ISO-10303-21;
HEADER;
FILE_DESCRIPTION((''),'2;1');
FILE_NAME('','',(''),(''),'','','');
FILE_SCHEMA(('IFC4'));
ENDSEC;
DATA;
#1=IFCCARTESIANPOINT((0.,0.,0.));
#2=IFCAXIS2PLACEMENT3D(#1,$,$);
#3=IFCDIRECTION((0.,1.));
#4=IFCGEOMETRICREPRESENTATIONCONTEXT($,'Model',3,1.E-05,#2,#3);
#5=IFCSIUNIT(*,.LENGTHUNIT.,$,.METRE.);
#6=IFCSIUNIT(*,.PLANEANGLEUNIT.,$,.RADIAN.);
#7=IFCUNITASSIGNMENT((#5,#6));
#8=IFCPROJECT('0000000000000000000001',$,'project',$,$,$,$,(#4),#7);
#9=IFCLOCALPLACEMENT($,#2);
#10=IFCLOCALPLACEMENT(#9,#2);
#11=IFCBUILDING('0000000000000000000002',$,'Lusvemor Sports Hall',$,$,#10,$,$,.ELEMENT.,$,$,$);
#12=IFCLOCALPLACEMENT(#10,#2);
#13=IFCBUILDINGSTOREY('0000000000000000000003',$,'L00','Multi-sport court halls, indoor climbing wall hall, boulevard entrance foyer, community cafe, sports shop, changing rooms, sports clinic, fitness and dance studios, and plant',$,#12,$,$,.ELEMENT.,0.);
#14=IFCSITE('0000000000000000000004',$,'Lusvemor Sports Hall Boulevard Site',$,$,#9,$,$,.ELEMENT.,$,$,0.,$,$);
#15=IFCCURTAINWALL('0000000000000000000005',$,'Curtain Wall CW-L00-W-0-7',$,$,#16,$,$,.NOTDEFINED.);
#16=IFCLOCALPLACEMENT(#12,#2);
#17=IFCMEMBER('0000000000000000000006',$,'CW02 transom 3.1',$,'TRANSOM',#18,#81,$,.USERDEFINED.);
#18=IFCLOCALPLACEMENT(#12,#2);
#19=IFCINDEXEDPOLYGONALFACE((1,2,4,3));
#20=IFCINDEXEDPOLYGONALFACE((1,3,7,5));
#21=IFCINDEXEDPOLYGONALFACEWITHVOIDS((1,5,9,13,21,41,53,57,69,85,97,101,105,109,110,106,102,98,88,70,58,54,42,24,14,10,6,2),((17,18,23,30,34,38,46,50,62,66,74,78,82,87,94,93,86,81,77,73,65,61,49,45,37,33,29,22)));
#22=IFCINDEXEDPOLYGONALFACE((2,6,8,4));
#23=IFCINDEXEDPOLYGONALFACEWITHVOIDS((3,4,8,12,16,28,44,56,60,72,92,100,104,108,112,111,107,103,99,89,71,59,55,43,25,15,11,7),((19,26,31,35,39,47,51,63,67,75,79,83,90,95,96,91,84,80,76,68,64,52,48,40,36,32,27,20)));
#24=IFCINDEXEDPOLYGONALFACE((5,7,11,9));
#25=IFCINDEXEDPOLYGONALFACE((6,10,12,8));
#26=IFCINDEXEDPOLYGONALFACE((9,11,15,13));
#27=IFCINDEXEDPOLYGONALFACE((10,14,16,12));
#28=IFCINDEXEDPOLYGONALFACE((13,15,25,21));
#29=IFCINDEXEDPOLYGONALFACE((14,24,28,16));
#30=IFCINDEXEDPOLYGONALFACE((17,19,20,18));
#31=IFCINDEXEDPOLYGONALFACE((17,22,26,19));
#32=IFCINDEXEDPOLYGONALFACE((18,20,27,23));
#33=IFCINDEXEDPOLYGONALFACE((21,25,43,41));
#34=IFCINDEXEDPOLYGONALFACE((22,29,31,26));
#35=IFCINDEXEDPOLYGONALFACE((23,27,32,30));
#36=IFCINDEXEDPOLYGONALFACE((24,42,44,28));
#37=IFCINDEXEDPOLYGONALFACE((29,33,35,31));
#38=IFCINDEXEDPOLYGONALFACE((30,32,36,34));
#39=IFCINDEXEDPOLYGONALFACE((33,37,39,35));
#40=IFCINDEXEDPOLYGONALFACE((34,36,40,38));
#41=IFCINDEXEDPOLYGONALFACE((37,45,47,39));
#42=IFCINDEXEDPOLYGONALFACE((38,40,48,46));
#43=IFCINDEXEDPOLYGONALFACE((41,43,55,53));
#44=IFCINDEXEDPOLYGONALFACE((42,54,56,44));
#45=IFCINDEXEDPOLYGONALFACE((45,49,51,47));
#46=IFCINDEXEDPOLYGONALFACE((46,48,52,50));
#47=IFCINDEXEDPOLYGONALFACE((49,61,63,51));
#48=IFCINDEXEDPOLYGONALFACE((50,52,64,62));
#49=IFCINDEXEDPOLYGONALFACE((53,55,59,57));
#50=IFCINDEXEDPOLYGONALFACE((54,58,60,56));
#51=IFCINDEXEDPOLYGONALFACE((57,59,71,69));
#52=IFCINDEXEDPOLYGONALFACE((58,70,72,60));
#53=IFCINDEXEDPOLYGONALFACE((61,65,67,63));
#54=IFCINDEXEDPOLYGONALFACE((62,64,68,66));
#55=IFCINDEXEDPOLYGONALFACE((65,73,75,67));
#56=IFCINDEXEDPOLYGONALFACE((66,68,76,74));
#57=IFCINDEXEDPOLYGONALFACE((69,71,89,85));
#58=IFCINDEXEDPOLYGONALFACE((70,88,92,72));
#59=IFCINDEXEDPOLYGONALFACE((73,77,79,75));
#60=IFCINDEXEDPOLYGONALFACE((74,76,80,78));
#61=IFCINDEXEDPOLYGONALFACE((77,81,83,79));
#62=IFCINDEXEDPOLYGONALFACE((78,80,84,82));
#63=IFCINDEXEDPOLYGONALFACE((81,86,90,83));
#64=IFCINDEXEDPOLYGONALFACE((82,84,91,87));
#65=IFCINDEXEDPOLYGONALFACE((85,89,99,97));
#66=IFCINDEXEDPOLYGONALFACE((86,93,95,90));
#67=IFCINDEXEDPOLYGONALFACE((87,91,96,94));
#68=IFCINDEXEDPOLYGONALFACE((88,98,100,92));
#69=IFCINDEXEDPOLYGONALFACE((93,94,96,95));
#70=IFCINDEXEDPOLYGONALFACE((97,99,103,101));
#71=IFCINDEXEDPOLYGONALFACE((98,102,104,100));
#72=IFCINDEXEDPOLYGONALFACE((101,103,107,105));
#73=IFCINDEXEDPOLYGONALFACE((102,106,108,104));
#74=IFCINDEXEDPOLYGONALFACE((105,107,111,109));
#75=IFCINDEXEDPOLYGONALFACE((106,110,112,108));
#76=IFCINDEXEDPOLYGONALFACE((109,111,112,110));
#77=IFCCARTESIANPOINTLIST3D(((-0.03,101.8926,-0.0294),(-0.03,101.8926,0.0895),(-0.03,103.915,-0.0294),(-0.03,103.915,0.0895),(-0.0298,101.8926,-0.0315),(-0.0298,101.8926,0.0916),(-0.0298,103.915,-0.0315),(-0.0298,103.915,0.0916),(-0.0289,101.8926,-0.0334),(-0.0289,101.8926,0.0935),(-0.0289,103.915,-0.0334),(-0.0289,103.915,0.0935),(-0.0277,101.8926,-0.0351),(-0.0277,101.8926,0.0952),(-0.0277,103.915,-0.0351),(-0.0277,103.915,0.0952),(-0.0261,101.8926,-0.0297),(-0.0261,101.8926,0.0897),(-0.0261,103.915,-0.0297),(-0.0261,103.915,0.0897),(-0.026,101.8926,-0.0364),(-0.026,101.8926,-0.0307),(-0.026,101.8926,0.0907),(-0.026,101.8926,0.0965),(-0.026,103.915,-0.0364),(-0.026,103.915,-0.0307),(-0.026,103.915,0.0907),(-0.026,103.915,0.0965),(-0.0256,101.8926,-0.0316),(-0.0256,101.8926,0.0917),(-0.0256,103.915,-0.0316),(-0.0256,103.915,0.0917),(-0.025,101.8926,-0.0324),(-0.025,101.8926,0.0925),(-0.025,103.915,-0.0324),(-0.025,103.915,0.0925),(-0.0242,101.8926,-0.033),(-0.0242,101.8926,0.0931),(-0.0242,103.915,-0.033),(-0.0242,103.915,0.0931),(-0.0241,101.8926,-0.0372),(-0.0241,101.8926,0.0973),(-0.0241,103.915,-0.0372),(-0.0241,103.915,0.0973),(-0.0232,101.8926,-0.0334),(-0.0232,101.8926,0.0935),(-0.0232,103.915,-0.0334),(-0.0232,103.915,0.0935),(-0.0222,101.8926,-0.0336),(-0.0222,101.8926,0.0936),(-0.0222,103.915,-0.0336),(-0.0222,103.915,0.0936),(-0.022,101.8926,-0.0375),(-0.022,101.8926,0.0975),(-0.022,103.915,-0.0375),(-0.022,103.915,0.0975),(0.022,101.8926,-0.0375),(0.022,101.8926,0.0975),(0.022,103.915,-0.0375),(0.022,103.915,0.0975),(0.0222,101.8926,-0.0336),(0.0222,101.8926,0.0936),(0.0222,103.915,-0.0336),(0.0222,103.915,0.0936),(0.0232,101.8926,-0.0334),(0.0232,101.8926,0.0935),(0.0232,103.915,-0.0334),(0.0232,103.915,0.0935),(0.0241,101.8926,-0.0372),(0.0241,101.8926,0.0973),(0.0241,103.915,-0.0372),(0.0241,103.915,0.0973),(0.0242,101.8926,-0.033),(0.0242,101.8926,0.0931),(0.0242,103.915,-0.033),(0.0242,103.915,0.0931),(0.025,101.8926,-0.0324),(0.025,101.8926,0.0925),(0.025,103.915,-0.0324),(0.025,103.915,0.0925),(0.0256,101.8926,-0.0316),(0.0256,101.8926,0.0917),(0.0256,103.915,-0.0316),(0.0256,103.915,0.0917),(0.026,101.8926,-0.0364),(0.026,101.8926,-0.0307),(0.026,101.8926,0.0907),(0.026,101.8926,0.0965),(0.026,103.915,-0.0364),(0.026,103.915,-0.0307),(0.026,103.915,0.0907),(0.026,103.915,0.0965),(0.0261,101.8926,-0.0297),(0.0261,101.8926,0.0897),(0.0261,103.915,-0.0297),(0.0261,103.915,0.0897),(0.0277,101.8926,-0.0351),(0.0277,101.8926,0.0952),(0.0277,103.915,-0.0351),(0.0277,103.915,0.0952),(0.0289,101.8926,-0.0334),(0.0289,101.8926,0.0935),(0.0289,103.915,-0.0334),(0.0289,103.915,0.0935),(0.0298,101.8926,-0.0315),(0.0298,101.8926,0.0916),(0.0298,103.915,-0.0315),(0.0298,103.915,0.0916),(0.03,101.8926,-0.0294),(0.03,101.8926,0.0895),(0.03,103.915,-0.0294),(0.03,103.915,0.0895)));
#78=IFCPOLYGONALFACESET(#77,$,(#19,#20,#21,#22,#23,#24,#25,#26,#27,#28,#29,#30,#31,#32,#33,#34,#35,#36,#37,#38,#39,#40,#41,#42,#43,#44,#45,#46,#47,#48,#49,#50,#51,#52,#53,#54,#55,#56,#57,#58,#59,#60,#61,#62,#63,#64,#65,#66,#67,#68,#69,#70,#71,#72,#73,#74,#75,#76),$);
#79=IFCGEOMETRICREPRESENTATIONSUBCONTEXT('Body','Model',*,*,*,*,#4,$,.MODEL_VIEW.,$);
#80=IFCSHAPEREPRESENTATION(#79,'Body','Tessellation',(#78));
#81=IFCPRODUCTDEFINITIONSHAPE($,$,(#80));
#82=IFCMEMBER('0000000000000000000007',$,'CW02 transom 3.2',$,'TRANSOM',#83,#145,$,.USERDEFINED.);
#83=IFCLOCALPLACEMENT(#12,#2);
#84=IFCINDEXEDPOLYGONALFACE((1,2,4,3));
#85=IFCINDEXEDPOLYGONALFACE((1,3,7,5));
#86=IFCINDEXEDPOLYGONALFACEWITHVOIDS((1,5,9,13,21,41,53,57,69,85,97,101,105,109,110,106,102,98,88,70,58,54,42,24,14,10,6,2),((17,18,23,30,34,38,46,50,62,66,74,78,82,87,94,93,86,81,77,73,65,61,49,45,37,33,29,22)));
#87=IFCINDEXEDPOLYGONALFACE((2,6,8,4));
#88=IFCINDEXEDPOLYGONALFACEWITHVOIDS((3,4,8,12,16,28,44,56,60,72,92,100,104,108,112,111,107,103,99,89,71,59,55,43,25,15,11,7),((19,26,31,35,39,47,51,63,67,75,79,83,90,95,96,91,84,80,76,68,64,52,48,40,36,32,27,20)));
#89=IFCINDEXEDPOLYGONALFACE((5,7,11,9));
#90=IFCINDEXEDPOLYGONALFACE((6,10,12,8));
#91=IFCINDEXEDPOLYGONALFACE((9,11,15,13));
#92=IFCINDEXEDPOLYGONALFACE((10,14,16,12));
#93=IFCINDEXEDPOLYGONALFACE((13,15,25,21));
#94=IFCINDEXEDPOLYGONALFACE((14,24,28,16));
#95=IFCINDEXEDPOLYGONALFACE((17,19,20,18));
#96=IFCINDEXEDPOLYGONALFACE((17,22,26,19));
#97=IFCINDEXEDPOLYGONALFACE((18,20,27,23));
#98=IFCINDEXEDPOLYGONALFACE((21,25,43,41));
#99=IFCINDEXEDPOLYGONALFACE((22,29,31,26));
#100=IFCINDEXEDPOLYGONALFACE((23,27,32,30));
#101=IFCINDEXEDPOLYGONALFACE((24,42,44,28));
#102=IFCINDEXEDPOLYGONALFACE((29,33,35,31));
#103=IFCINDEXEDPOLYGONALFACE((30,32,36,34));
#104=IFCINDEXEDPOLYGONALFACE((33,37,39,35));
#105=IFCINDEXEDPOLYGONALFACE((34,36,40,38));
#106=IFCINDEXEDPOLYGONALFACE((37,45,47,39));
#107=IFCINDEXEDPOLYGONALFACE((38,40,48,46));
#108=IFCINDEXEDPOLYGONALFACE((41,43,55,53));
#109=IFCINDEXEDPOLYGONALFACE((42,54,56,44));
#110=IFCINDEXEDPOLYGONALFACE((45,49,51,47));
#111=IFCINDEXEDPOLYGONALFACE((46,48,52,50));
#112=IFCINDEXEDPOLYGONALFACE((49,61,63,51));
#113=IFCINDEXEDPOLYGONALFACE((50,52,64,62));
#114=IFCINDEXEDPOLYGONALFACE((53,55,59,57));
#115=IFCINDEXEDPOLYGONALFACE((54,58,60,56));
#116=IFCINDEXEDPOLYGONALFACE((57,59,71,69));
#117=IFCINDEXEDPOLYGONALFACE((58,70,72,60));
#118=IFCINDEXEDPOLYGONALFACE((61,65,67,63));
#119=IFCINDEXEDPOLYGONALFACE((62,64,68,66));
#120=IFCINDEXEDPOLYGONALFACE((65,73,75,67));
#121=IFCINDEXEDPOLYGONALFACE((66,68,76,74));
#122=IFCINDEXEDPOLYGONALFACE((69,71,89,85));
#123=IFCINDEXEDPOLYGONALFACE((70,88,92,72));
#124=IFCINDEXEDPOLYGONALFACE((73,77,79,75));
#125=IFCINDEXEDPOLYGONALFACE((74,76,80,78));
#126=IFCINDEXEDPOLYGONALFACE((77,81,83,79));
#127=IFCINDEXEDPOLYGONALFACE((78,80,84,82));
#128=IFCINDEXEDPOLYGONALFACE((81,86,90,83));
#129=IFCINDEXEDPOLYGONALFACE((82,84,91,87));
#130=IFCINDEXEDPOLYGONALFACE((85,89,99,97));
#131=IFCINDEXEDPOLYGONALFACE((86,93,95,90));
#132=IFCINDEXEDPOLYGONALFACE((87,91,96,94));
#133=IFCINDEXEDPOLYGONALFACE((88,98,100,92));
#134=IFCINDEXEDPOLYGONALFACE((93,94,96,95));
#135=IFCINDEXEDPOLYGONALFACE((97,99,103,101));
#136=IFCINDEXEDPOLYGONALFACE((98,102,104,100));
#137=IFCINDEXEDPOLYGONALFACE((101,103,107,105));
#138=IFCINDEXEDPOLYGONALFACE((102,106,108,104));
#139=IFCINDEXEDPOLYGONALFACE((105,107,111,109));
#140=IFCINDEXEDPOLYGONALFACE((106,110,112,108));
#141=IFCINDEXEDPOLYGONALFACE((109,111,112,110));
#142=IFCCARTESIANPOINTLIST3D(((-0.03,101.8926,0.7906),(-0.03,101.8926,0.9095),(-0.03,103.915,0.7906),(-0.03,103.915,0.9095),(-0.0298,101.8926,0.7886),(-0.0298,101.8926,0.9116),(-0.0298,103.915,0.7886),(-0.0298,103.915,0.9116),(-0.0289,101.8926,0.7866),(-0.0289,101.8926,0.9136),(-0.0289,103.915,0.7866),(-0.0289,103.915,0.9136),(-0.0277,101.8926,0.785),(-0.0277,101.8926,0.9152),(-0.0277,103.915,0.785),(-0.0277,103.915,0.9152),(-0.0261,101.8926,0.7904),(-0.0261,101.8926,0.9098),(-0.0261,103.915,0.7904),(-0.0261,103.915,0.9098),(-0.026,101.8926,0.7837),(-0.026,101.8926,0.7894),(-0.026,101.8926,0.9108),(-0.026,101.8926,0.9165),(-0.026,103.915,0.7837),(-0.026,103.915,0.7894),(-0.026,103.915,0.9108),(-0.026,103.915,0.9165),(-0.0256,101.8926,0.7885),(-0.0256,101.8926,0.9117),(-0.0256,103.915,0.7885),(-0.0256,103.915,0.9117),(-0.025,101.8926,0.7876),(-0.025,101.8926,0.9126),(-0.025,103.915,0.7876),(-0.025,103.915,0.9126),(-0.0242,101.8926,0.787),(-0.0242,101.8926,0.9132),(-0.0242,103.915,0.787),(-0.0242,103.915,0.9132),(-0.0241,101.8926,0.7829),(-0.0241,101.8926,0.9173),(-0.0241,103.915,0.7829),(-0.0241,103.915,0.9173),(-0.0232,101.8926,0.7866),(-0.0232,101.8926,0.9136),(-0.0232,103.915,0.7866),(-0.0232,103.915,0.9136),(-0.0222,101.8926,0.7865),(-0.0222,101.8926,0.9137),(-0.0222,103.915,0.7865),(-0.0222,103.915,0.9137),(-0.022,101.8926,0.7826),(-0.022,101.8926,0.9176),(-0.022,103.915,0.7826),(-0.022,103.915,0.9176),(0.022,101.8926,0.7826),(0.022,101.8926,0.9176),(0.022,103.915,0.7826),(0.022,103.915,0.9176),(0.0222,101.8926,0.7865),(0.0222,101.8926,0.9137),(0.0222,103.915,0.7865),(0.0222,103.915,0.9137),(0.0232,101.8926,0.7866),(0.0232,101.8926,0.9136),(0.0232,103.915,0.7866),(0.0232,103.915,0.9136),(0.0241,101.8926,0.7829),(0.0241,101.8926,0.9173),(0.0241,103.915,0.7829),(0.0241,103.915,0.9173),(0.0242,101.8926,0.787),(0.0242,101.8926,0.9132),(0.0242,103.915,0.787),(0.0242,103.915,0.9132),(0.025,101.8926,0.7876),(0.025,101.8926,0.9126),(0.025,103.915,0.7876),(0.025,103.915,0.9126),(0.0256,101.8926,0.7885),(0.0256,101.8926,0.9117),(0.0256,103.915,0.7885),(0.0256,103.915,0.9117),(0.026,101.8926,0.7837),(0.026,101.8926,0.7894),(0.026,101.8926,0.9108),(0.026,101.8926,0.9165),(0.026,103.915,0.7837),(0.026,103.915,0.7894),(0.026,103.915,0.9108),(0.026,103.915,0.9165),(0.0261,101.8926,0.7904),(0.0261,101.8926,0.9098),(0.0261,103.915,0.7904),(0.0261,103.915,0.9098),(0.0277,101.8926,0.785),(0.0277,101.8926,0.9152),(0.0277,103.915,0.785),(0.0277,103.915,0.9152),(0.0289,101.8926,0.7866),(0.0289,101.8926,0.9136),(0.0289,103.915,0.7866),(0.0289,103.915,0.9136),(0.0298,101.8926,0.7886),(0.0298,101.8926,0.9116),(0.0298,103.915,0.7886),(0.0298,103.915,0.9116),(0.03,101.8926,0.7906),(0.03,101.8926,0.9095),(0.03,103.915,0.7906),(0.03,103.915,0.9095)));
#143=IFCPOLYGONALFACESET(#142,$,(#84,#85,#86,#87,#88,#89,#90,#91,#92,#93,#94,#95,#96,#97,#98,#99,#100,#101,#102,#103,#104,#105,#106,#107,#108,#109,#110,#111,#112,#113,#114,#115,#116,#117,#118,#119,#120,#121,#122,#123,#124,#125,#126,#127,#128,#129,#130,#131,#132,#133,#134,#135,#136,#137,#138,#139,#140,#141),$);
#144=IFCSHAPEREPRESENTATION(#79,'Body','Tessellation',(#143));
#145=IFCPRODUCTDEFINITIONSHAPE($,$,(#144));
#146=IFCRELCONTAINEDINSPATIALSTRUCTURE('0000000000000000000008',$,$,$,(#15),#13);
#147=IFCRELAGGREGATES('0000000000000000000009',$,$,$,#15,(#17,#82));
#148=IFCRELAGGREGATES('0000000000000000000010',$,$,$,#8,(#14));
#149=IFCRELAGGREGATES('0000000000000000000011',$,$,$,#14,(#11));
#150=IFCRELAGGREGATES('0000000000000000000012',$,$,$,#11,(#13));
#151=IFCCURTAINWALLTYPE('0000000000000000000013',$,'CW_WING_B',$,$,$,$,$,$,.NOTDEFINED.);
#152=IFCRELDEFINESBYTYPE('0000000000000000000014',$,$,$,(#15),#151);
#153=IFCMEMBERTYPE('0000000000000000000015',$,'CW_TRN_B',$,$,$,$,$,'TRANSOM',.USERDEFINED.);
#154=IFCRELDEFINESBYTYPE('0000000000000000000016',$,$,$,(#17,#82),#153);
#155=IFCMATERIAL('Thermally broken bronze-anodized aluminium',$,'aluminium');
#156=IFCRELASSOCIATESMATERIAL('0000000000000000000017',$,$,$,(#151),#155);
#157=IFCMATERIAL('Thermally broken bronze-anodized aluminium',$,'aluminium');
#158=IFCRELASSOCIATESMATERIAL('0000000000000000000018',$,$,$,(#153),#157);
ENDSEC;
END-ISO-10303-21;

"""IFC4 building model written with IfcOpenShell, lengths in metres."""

from ifc_helpers import new_model, si_unit, direction, frame, origin, origin_2d, place, context, subcontext, project, spatial, hollow_rectangle, extrude, material, material_profile, profile_set, type_object, element, aggregate, save


model = new_model("IFC4")

# Units and contexts
model_context = context("Model", 3, precision=1e-05, world=origin(), true_north=direction((0.0, 1.0)))
body_context = subcontext(model_context, "Body", "Model", "MODEL_VIEW")
ifc_project = project(units=[si_unit("LENGTHUNIT", "METRE"), si_unit("PLANEANGLEUNIT", "RADIAN")], contexts=[model_context])

# Site, building, storey
site_placement = place(None, origin())
site = spatial("IfcSite", under=ifc_project, at=site_placement, Name="Lusvemor Sports Hall Boulevard Site", CompositionType="ELEMENT", RefElevation=0.0)
building_placement = place(site_placement, origin())
building = spatial("IfcBuilding", under=site, at=building_placement, Name="Lusvemor Sports Hall", CompositionType="ELEMENT")
storey_placement = place(building_placement, origin())
storey = spatial("IfcBuildingStorey", under=building, at=storey_placement, Name="L00", Description="Multi-sport court halls, indoor climbing wall hall, boulevard entrance foyer, community cafe, sports shop, changing rooms, sports clinic, fitness and dance studios, and plant", CompositionType="ELEMENT", Elevation=0.0)

# Curtain wall, members
ifc_material_1 = material(Name="Thermally broken bronze-anodized aluminium", Category="aluminium")
curtain_wall_type = type_object("IfcCurtainWallType", Name="CW_WING_B", PredefinedType="NOTDEFINED", material=ifc_material_1)
curtain_wall_placement = place(storey_placement, origin())
curtain_wall = element("IfcCurtainWall", 1, at=curtain_wall_placement, inside=storey, type_object=curtain_wall_type, Name="Curtain Wall CW-L00-W-0-7", PredefinedType="NOTDEFINED")
ifc_material_2 = material(Name="Thermally broken bronze-anodized aluminium", Category="aluminium")
ifc_material_profile_1 = material_profile(ifc_material_2, hollow_rectangle(XDim=0.0601, YDim=0.135, WallThickness=0.0039, InnerFilletRadius=0.0039, OuterFilletRadius=0.0081, at=origin_2d()), Name="CWTRN135x60x4")
ifc_profile_set_1 = profile_set([ifc_material_profile_1], Name="Thermally broken bronze-anodized aluminium")
member_type_1 = type_object("IfcMemberType", Name="CW_TRN_B", ElementType="TRANSOM", PredefinedType="USERDEFINED", material=ifc_profile_set_1)
member_1_placement = place(storey_placement, frame((0.0, 101.8926, 0.03), z_axis=(0.0, 1.0, 0.0), x_axis=(-1.0, 0.0, 0.0)))
member_1 = element("IfcMember", 2, at=member_1_placement, type_object=member_type_1, Name="CW02 transom 3.1", ObjectType="TRANSOM", PredefinedType="USERDEFINED", context=body_context, shape_type="SweptSolid", body=[
    extrude(hollow_rectangle(XDim=0.0601, YDim=0.135, WallThickness=0.0039, InnerFilletRadius=0.0039, OuterFilletRadius=0.0081, at=origin_2d()), origin(), (0.0, 0.0, 1.0), 2.0225),
])
member_2_placement = place(storey_placement, frame((0.0, 101.8926, 0.8501), z_axis=(0.0, 1.0, 0.0), x_axis=(-1.0, 0.0, 0.0)))
member_2 = element("IfcMember", 3, at=member_2_placement, type_object=member_type_1, Name="CW02 transom 3.2", ObjectType="TRANSOM", PredefinedType="USERDEFINED", context=body_context, shape_type="SweptSolid", body=[
    extrude(hollow_rectangle(XDim=0.0601, YDim=0.135, WallThickness=0.0039, InnerFilletRadius=0.0039, OuterFilletRadius=0.0081, at=origin_2d()), origin(), (0.0, 0.0, 1.0), 2.0225),
])
aggregate(curtain_wall, [member_1, member_2])

save(model, "model.ifc")
